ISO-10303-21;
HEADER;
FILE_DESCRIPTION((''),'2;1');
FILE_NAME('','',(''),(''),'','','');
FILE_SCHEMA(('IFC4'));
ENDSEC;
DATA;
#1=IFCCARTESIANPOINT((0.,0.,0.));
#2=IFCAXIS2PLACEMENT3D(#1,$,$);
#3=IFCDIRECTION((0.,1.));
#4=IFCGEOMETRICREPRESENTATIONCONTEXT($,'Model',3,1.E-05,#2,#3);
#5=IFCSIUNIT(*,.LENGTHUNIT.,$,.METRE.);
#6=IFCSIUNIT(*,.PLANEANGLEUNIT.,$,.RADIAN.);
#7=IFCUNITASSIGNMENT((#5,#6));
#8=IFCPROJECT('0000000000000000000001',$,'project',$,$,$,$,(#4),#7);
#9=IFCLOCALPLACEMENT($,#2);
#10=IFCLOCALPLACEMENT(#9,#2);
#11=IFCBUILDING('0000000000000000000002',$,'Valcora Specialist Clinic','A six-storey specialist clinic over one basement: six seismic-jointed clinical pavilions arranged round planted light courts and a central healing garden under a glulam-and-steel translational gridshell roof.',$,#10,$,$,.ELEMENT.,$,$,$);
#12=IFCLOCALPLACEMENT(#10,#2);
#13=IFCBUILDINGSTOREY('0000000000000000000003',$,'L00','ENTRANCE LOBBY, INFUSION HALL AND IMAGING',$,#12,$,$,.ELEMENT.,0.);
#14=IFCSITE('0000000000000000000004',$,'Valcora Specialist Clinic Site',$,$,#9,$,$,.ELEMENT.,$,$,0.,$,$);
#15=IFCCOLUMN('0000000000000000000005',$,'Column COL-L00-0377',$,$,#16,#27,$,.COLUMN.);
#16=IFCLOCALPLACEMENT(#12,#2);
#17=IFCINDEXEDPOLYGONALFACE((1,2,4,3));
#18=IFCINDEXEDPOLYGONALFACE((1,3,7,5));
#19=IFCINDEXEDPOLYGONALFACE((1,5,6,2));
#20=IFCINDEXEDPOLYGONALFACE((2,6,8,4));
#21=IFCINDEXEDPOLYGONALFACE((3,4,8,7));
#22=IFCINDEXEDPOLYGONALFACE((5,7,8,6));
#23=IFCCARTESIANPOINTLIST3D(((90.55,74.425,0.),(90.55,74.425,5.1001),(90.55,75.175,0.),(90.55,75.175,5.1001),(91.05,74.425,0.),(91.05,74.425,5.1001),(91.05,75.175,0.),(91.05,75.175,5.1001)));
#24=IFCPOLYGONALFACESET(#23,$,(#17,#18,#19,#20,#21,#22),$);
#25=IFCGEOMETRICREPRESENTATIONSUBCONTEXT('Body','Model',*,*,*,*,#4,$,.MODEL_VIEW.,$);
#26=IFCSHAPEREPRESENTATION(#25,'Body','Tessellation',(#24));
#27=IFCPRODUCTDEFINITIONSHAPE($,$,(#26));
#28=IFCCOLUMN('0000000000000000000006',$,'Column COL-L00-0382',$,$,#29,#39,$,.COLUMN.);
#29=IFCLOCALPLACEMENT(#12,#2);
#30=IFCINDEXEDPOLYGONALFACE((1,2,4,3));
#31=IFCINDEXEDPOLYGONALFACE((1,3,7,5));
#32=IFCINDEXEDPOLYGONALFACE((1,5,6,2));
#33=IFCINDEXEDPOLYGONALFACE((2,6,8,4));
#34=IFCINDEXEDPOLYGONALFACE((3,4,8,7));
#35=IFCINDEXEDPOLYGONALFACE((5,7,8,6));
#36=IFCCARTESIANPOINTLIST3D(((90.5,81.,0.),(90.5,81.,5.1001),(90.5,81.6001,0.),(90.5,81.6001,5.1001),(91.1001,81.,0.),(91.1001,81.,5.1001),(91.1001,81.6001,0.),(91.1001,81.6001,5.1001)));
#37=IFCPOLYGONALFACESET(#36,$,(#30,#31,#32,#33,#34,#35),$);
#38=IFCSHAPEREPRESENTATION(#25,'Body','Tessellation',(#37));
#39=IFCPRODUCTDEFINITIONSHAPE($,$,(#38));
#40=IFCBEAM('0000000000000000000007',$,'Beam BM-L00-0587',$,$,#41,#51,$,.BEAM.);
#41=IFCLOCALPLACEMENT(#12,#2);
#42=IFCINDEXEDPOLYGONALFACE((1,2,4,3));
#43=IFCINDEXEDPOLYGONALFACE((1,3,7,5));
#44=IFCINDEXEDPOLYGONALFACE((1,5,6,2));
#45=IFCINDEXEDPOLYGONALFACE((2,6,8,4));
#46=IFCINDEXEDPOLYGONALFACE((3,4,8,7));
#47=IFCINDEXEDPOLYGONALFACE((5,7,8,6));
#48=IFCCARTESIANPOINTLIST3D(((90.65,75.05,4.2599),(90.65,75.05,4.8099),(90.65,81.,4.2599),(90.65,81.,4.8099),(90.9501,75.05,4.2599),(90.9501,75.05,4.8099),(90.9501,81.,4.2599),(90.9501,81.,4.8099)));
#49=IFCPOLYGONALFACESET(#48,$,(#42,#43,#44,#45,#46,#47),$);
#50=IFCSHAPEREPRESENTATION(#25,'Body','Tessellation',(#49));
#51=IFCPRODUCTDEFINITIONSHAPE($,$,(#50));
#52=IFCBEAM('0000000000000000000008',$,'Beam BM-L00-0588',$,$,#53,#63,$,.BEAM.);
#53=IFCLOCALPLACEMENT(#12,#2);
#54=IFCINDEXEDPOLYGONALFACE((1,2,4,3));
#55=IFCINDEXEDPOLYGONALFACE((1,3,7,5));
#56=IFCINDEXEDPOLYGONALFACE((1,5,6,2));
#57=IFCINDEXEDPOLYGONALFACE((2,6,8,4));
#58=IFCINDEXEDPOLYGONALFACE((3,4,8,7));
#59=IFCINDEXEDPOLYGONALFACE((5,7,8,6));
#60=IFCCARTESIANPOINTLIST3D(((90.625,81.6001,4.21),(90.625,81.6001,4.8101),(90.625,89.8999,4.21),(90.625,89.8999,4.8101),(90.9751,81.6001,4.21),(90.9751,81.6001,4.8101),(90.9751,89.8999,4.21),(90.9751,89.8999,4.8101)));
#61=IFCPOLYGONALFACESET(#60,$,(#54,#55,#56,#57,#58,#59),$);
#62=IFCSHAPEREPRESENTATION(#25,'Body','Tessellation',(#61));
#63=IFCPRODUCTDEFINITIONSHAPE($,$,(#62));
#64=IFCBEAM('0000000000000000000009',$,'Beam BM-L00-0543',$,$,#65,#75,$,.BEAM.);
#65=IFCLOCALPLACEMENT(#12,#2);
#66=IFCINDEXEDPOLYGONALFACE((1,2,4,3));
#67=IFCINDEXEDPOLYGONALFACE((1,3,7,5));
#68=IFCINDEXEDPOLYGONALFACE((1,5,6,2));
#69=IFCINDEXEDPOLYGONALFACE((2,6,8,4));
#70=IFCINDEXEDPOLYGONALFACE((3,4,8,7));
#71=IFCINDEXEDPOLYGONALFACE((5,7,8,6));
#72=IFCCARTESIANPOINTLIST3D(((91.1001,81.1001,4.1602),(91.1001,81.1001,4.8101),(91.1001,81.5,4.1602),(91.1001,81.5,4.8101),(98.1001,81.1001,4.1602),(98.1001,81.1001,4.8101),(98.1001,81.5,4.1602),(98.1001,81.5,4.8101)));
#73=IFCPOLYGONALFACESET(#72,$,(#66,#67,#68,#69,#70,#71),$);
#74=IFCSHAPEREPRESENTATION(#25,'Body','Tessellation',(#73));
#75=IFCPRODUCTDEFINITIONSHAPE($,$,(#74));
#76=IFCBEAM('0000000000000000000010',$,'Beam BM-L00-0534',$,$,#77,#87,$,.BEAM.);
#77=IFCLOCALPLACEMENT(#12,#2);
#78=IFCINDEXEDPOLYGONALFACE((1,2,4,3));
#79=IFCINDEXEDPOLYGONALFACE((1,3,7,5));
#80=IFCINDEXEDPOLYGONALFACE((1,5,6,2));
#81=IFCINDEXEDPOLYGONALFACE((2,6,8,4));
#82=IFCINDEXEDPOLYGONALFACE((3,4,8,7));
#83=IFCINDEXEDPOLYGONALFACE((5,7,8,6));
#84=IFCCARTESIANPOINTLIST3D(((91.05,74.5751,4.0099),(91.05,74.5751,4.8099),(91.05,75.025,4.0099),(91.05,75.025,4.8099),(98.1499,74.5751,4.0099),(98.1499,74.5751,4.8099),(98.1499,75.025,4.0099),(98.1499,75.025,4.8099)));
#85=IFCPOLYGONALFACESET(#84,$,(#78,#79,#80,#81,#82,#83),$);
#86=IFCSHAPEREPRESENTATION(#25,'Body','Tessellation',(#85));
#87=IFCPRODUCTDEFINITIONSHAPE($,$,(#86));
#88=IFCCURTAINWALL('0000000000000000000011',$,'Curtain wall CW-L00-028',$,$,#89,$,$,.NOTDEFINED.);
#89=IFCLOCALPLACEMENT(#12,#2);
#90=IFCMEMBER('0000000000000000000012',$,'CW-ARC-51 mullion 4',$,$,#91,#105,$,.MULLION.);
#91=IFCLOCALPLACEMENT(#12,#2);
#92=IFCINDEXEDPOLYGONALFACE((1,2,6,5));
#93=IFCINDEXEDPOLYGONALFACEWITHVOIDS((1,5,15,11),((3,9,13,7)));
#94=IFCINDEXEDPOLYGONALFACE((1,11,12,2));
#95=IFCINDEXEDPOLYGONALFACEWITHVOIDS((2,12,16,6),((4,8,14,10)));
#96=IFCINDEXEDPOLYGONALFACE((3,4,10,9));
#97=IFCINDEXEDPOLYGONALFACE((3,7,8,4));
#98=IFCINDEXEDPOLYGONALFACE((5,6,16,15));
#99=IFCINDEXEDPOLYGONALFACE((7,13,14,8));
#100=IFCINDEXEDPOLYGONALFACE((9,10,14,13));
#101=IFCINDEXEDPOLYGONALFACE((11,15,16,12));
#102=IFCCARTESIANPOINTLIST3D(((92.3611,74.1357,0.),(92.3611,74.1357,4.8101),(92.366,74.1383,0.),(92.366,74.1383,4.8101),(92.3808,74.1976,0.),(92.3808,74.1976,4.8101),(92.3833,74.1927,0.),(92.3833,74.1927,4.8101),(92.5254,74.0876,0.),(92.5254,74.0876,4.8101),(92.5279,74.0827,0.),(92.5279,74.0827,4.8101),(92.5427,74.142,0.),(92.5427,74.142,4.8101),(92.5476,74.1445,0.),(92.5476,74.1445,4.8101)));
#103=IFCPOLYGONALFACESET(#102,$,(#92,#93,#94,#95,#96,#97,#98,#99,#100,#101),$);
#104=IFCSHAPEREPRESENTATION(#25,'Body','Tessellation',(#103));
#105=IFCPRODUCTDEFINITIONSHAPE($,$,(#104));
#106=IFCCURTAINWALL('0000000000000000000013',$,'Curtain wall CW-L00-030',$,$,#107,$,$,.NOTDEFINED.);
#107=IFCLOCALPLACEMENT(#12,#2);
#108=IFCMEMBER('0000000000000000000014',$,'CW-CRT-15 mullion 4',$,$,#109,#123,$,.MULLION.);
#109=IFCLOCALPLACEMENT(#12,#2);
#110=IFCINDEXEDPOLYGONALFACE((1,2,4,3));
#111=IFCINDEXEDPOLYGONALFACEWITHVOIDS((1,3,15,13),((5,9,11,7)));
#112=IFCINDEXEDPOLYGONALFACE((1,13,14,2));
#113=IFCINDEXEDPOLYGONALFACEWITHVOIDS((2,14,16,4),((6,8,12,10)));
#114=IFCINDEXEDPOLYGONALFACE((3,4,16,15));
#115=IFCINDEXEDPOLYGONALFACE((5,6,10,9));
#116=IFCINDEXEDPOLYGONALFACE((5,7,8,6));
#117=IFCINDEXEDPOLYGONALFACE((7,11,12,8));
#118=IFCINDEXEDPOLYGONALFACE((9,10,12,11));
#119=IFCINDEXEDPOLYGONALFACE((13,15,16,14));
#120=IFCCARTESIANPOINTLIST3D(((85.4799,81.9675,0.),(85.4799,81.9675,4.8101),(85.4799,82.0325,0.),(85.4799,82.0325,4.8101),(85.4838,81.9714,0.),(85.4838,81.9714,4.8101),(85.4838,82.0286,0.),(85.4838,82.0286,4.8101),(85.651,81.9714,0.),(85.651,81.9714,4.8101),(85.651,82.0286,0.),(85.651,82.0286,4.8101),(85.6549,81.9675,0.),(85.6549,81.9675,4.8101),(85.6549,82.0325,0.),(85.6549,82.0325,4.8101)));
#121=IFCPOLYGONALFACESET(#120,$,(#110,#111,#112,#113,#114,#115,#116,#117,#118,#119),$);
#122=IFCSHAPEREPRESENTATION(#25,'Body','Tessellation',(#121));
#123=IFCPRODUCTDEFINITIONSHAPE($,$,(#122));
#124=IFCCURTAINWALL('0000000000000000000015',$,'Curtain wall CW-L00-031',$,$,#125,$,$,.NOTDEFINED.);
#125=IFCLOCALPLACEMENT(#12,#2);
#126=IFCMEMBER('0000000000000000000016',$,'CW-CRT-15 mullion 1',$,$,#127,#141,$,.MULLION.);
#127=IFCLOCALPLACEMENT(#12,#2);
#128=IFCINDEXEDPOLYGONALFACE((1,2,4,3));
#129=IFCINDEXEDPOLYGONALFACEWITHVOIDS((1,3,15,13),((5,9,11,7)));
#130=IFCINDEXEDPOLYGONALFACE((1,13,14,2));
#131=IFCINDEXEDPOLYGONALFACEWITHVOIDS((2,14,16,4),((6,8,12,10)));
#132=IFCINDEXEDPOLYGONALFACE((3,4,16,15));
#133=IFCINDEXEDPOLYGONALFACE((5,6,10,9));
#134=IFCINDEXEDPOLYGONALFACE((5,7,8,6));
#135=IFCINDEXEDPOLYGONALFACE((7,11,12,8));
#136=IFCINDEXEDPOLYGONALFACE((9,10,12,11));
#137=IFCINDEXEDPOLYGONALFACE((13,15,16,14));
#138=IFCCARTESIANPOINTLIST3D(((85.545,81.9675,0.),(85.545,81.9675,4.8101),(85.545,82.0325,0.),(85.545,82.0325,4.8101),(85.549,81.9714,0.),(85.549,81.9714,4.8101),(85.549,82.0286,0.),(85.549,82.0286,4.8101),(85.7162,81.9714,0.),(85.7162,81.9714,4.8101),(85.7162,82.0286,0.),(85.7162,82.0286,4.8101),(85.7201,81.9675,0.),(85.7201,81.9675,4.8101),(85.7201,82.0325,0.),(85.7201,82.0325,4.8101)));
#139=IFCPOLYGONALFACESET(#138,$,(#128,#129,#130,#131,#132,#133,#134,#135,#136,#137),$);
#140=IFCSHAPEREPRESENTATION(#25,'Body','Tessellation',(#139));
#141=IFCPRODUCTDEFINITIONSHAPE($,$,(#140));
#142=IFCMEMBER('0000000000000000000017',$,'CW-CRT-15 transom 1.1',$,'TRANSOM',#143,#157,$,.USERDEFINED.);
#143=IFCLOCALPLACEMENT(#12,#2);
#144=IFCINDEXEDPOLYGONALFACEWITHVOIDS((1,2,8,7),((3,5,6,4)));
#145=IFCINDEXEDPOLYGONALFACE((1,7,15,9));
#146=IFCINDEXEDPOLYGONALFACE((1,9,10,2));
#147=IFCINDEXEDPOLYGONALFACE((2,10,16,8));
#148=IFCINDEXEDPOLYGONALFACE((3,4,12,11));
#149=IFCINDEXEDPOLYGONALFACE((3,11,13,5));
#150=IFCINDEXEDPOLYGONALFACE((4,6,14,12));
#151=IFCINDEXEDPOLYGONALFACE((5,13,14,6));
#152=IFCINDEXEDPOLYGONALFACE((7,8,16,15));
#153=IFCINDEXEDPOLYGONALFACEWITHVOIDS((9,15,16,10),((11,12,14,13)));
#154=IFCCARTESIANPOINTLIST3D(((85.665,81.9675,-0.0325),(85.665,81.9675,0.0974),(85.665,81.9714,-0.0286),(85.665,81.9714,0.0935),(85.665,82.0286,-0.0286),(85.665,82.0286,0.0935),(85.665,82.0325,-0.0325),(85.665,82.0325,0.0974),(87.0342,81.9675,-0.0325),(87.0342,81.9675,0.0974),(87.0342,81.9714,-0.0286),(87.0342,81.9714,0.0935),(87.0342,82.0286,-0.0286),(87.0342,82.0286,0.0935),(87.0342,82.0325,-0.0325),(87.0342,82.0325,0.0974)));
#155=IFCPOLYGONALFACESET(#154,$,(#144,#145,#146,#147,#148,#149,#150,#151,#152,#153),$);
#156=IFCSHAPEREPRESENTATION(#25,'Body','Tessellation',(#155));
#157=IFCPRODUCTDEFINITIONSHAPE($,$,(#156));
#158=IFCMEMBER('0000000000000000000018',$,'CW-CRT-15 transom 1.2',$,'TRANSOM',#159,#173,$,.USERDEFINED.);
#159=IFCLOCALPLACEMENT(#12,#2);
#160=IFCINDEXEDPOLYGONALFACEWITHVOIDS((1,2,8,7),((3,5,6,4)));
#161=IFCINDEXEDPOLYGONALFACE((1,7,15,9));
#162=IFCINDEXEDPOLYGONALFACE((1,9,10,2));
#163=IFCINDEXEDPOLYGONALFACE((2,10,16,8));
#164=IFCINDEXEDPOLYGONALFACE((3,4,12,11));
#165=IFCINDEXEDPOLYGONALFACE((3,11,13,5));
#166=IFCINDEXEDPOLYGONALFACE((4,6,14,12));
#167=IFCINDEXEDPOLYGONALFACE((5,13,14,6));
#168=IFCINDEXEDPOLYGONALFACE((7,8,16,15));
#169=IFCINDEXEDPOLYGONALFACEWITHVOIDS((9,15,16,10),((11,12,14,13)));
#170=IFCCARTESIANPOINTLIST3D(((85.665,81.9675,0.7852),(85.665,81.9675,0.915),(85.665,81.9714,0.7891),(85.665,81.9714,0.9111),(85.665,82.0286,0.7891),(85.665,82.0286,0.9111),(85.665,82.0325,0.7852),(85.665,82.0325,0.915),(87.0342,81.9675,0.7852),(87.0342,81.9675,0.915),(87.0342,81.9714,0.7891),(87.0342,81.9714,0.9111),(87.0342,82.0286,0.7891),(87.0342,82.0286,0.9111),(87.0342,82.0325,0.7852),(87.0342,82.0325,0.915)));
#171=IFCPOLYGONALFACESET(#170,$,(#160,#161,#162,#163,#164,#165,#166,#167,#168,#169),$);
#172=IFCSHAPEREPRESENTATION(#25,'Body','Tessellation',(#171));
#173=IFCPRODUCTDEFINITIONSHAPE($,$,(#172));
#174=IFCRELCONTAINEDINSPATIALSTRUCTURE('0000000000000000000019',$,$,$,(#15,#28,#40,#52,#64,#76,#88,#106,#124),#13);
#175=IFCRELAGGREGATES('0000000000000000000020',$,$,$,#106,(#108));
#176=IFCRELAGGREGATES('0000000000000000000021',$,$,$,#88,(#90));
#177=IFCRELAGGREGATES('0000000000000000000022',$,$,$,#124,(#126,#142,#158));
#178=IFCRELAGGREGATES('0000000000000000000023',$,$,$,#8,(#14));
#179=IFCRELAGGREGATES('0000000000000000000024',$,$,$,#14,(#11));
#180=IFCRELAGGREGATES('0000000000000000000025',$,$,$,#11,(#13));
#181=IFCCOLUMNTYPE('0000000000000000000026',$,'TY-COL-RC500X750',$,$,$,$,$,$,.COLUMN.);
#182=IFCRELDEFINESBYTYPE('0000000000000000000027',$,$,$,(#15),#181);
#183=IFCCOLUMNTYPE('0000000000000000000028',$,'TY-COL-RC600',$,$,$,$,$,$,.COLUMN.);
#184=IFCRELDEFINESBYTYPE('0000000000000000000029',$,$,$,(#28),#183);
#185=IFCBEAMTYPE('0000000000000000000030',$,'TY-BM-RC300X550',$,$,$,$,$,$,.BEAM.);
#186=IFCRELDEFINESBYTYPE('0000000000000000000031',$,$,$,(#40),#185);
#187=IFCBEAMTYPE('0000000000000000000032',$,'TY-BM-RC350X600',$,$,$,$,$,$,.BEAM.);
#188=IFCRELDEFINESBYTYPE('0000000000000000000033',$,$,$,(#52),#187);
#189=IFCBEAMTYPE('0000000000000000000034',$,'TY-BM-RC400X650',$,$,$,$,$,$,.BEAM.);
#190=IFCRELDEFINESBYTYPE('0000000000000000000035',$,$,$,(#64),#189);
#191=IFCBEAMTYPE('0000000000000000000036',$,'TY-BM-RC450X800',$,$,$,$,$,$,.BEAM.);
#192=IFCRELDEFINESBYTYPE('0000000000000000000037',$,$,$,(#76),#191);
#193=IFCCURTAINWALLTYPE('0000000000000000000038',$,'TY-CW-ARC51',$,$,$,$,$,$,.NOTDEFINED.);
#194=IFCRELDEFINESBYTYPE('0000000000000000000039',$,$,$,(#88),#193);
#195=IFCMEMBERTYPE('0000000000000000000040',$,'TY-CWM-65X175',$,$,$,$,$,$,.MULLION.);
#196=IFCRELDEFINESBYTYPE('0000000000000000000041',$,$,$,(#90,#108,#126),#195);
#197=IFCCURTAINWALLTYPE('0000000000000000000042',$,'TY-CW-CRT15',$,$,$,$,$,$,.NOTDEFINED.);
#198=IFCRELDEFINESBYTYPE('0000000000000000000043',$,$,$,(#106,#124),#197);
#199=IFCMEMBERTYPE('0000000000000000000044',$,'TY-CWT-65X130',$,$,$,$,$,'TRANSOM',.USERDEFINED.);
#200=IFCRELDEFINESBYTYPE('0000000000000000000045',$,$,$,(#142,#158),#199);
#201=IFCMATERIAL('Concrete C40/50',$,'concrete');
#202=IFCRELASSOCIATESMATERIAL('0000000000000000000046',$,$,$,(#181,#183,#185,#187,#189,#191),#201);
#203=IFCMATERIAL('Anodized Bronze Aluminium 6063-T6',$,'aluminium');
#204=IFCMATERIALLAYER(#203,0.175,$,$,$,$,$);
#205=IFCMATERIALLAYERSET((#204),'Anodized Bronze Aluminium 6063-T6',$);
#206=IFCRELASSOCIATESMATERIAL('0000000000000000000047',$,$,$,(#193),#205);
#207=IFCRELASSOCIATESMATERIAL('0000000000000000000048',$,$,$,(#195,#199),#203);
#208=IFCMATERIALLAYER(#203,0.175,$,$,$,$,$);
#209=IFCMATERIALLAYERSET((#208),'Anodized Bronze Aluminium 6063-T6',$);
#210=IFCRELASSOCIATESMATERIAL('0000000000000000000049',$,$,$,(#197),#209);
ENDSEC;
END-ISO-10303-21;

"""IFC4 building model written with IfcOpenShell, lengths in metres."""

from ifc_helpers import new_model, si_unit, direction, frame, origin, origin_2d, place, context, subcontext, project, spatial, rectangle, hollow_rectangle, extrude, material, layer, layer_set, material_profile, profile_set, type_object, element, aggregate, save


model = new_model("IFC4")

# Units and contexts
model_context = context("Model", 3, precision=1e-05, world=origin(), true_north=direction((0.0, 1.0)))
body_context = subcontext(model_context, "Body", "Model", "MODEL_VIEW")
ifc_project = project(units=[si_unit("LENGTHUNIT", "METRE"), si_unit("PLANEANGLEUNIT", "RADIAN")], contexts=[model_context])

# Site, building, storey
site_placement = place(None, origin())
site = spatial("IfcSite", under=ifc_project, at=site_placement, Name="Valcora Specialist Clinic Site", CompositionType="ELEMENT", RefElevation=0.0)
building_placement = place(site_placement, origin())
building = spatial("IfcBuilding", under=site, at=building_placement, Name="Valcora Specialist Clinic", Description="A six-storey specialist clinic over one basement: six seismic-jointed clinical pavilions arranged round planted light courts and a central healing garden under a glulam-and-steel translational gridshell roof.", CompositionType="ELEMENT")
storey_placement = place(building_placement, origin())
storey = spatial("IfcBuildingStorey", under=building, at=storey_placement, Name="L00", Description="ENTRANCE LOBBY, INFUSION HALL AND IMAGING", CompositionType="ELEMENT", Elevation=0.0)

# Columns
ifc_material_1 = material(Name="Concrete C40/50", Category="concrete")
ifc_material_profile_1 = material_profile(ifc_material_1, rectangle(XDim=0.5, YDim=0.75, at=origin_2d()), Name="RC-COL-500X750")
ifc_profile_set_1 = profile_set([ifc_material_profile_1], Name="Concrete C40/50")
column_type_1 = type_object("IfcColumnType", Name="TY-COL-RC500X750", PredefinedType="COLUMN", material=ifc_profile_set_1)
column_1_placement = place(storey_placement, frame((90.8, 74.8, 0.0), z_axis=(0.0, 0.0, 1.0), x_axis=(1.0, 0.0, 0.0)))
element("IfcColumn", 1, at=column_1_placement, inside=storey, type_object=column_type_1, Name="Column COL-L00-0377", PredefinedType="COLUMN", context=body_context, shape_type="SweptSolid", body=[
    extrude(rectangle(XDim=0.5, YDim=0.75, at=origin_2d()), origin(), (0.0, 0.0, 1.0), 5.1001),
])
ifc_material_profile_2 = material_profile(ifc_material_1, rectangle(XDim=0.6001, YDim=0.6001, at=origin_2d()), Name="RC-COL-600X600")
ifc_profile_set_2 = profile_set([ifc_material_profile_2], Name="Concrete C40/50")
column_type_2 = type_object("IfcColumnType", Name="TY-COL-RC600", PredefinedType="COLUMN", material=ifc_profile_set_2)
column_2_placement = place(storey_placement, frame((90.8, 81.3, 0.0), z_axis=(0.0, 0.0, 1.0), x_axis=(1.0, 0.0, 0.0)))
element("IfcColumn", 2, at=column_2_placement, inside=storey, type_object=column_type_2, Name="Column COL-L00-0382", PredefinedType="COLUMN", context=body_context, shape_type="SweptSolid", body=[
    extrude(rectangle(XDim=0.6001, YDim=0.6001, at=origin_2d()), origin(), (0.0, 0.0, 1.0), 5.1001),
])

# Beams
ifc_material_profile_3 = material_profile(ifc_material_1, rectangle(XDim=0.3, YDim=0.55, at=origin_2d()), Name="RC-BM-300X550")
ifc_profile_set_3 = profile_set([ifc_material_profile_3], Name="Concrete C40/50")
beam_type_1 = type_object("IfcBeamType", Name="TY-BM-RC300X550", PredefinedType="BEAM", material=ifc_profile_set_3)
beam_1_placement = place(storey_placement, frame((90.8, 75.05, 4.5349), z_axis=(0.0, 1.0, 0.0), x_axis=(-1.0, 0.0, 0.0)))
element("IfcBeam", 3, at=beam_1_placement, inside=storey, type_object=beam_type_1, Name="Beam BM-L00-0587", PredefinedType="BEAM", context=body_context, shape_type="SweptSolid", body=[
    extrude(rectangle(XDim=0.3, YDim=0.55, at=origin_2d()), origin(), (0.0, 0.0, 1.0), 5.95),
])
ifc_material_profile_4 = material_profile(ifc_material_1, rectangle(XDim=0.3501, YDim=0.6001, at=origin_2d()), Name="RC-BM-350X600")
ifc_profile_set_4 = profile_set([ifc_material_profile_4], Name="Concrete C40/50")
beam_type_2 = type_object("IfcBeamType", Name="TY-BM-RC350X600", PredefinedType="BEAM", material=ifc_profile_set_4)
beam_2_placement = place(storey_placement, frame((90.8, 81.6001, 4.51), z_axis=(0.0, 1.0, 0.0), x_axis=(-1.0, 0.0, 0.0)))
element("IfcBeam", 4, at=beam_2_placement, inside=storey, type_object=beam_type_2, Name="Beam BM-L00-0588", PredefinedType="BEAM", context=body_context, shape_type="SweptSolid", body=[
    extrude(rectangle(XDim=0.3501, YDim=0.6001, at=origin_2d()), origin(), (0.0, 0.0, 1.0), 8.2998),
])
ifc_material_profile_5 = material_profile(ifc_material_1, rectangle(XDim=0.3999, YDim=0.6499, at=origin_2d()), Name="RC-BM-400X650")
ifc_profile_set_5 = profile_set([ifc_material_profile_5], Name="Concrete C40/50")
beam_type_3 = type_object("IfcBeamType", Name="TY-BM-RC400X650", PredefinedType="BEAM", material=ifc_profile_set_5)
beam_3_placement = place(storey_placement, frame((91.1001, 81.3, 4.4851), z_axis=(1.0, 0.0, 0.0), x_axis=(0.0, 1.0, 0.0)))
element("IfcBeam", 5, at=beam_3_placement, inside=storey, type_object=beam_type_3, Name="Beam BM-L00-0543", PredefinedType="BEAM", context=body_context, shape_type="SweptSolid", body=[
    extrude(rectangle(XDim=0.3999, YDim=0.6499, at=origin_2d()), origin(), (0.0, 0.0, 1.0), 7.0),
])
ifc_material_profile_6 = material_profile(ifc_material_1, rectangle(XDim=0.45, YDim=0.8, at=origin_2d()), Name="RC-BM-450X800")
ifc_profile_set_6 = profile_set([ifc_material_profile_6], Name="Concrete C40/50")
beam_type_4 = type_object("IfcBeamType", Name="TY-BM-RC450X800", PredefinedType="BEAM", material=ifc_profile_set_6)
beam_4_placement = place(storey_placement, frame((91.05, 74.8, 4.4099), z_axis=(1.0, 0.0, 0.0), x_axis=(0.0, 1.0, 0.0)))
element("IfcBeam", 6, at=beam_4_placement, inside=storey, type_object=beam_type_4, Name="Beam BM-L00-0534", PredefinedType="BEAM", context=body_context, shape_type="SweptSolid", body=[
    extrude(rectangle(XDim=0.45, YDim=0.8, at=origin_2d()), origin(), (0.0, 0.0, 1.0), 7.0999),
])

# Curtain walls, members
ifc_material_2 = material(Name="Anodized Bronze Aluminium 6063-T6", Category="aluminium")
ifc_layer_1 = layer(ifc_material_2, 0.175)
ifc_layer_set_1 = layer_set([ifc_layer_1], Name="Anodized Bronze Aluminium 6063-T6")
curtain_wall_type_1 = type_object("IfcCurtainWallType", Name="TY-CW-ARC51", PredefinedType="NOTDEFINED", material=ifc_layer_set_1)
curtain_wall_1_placement = place(storey_placement, origin())
curtain_wall_1 = element("IfcCurtainWall", 7, at=curtain_wall_1_placement, inside=storey, type_object=curtain_wall_type_1, Name="Curtain wall CW-L00-028", PredefinedType="NOTDEFINED")
ifc_material_profile_7 = material_profile(ifc_material_2, hollow_rectangle(XDim=0.0649, YDim=0.175, WallThickness=0.0039, at=origin_2d()), Name="AL-MUL-65X175")
ifc_profile_set_7 = profile_set([ifc_material_profile_7], Name="Anodized Bronze Aluminium 6063-T6")
member_type_1 = type_object("IfcMemberType", Name="TY-CWM-65X175", PredefinedType="MULLION", material=ifc_profile_set_7)
member_1_placement = place(storey_placement, frame((92.4543, 74.1401, 0.0), z_axis=(0.0, 0.0, 1.0), x_axis=(-0.303233, -0.952916, 0.0)))
member_1 = element("IfcMember", 8, at=member_1_placement, type_object=member_type_1, Name="CW-ARC-51 mullion 4", PredefinedType="MULLION", context=body_context, shape_type="SweptSolid", body=[
    extrude(hollow_rectangle(XDim=0.0649, YDim=0.175, WallThickness=0.0039, at=origin_2d()), origin(), (0.0, 0.0, 1.0), 4.8101),
])
ifc_layer_2 = layer(ifc_material_2, 0.175)
ifc_layer_set_2 = layer_set([ifc_layer_2], Name="Anodized Bronze Aluminium 6063-T6")
curtain_wall_type_2 = type_object("IfcCurtainWallType", Name="TY-CW-CRT15", PredefinedType="NOTDEFINED", material=ifc_layer_set_2)
curtain_wall_2_placement = place(storey_placement, origin())
curtain_wall_2 = element("IfcCurtainWall", 9, at=curtain_wall_2_placement, inside=storey, type_object=curtain_wall_type_2, Name="Curtain wall CW-L00-030", PredefinedType="NOTDEFINED")
member_2_placement = place(storey_placement, frame((85.5674, 82.0, 0.0), z_axis=(0.0, 0.0, 1.0), x_axis=(0.0, 1.0, 0.0)))
member_2 = element("IfcMember", 10, at=member_2_placement, type_object=member_type_1, Name="CW-CRT-15 mullion 4", PredefinedType="MULLION", context=body_context, shape_type="SweptSolid", body=[
    extrude(hollow_rectangle(XDim=0.0649, YDim=0.175, WallThickness=0.0039, at=origin_2d()), origin(), (0.0, 0.0, 1.0), 4.8101),
])
aggregate(curtain_wall_2, [member_2])

# Curtain wall, members
curtain_wall_3_placement = place(storey_placement, origin())
curtain_wall_3 = element("IfcCurtainWall", 11, at=curtain_wall_3_placement, inside=storey, type_object=curtain_wall_type_2, Name="Curtain wall CW-L00-031", PredefinedType="NOTDEFINED")
member_3_placement = place(storey_placement, frame((85.6326, 82.0, 0.0), z_axis=(0.0, 0.0, 1.0), x_axis=(0.0, 1.0, 0.0)))
member_3 = element("IfcMember", 12, at=member_3_placement, type_object=member_type_1, Name="CW-CRT-15 mullion 1", PredefinedType="MULLION", context=body_context, shape_type="SweptSolid", body=[
    extrude(hollow_rectangle(XDim=0.0649, YDim=0.175, WallThickness=0.0039, at=origin_2d()), origin(), (0.0, 0.0, 1.0), 4.8101),
])
ifc_material_profile_8 = material_profile(ifc_material_2, hollow_rectangle(XDim=0.0649, YDim=0.1299, WallThickness=0.0039, at=origin_2d()), Name="AL-TRN-65X130")
ifc_profile_set_8 = profile_set([ifc_material_profile_8], Name="Anodized Bronze Aluminium 6063-T6")
member_type_2 = type_object("IfcMemberType", Name="TY-CWT-65X130", ElementType="TRANSOM", PredefinedType="USERDEFINED", material=ifc_profile_set_8)
member_4_placement = place(storey_placement, frame((85.665, 82.0, 0.0325), z_axis=(1.0, 0.0, 0.0), x_axis=(0.0, 1.0, 0.0)))
member_4 = element("IfcMember", 13, at=member_4_placement, type_object=member_type_2, Name="CW-CRT-15 transom 1.1", ObjectType="TRANSOM", PredefinedType="USERDEFINED", context=body_context, shape_type="SweptSolid", body=[
    extrude(hollow_rectangle(XDim=0.0649, YDim=0.1299, WallThickness=0.0039, at=origin_2d()), origin(), (0.0, 0.0, 1.0), 1.3691),
])
member_5_placement = place(storey_placement, frame((85.665, 82.0, 0.8501), z_axis=(1.0, 0.0, 0.0), x_axis=(0.0, 1.0, 0.0)))
member_5 = element("IfcMember", 14, at=member_5_placement, type_object=member_type_2, Name="CW-CRT-15 transom 1.2", ObjectType="TRANSOM", PredefinedType="USERDEFINED", context=body_context, shape_type="SweptSolid", body=[
    extrude(hollow_rectangle(XDim=0.0649, YDim=0.1299, WallThickness=0.0039, at=origin_2d()), origin(), (0.0, 0.0, 1.0), 1.3691),
])

aggregate(curtain_wall_1, [member_1])
aggregate(curtain_wall_3, [member_3, member_4, member_5])

save(model, "model.ifc")
